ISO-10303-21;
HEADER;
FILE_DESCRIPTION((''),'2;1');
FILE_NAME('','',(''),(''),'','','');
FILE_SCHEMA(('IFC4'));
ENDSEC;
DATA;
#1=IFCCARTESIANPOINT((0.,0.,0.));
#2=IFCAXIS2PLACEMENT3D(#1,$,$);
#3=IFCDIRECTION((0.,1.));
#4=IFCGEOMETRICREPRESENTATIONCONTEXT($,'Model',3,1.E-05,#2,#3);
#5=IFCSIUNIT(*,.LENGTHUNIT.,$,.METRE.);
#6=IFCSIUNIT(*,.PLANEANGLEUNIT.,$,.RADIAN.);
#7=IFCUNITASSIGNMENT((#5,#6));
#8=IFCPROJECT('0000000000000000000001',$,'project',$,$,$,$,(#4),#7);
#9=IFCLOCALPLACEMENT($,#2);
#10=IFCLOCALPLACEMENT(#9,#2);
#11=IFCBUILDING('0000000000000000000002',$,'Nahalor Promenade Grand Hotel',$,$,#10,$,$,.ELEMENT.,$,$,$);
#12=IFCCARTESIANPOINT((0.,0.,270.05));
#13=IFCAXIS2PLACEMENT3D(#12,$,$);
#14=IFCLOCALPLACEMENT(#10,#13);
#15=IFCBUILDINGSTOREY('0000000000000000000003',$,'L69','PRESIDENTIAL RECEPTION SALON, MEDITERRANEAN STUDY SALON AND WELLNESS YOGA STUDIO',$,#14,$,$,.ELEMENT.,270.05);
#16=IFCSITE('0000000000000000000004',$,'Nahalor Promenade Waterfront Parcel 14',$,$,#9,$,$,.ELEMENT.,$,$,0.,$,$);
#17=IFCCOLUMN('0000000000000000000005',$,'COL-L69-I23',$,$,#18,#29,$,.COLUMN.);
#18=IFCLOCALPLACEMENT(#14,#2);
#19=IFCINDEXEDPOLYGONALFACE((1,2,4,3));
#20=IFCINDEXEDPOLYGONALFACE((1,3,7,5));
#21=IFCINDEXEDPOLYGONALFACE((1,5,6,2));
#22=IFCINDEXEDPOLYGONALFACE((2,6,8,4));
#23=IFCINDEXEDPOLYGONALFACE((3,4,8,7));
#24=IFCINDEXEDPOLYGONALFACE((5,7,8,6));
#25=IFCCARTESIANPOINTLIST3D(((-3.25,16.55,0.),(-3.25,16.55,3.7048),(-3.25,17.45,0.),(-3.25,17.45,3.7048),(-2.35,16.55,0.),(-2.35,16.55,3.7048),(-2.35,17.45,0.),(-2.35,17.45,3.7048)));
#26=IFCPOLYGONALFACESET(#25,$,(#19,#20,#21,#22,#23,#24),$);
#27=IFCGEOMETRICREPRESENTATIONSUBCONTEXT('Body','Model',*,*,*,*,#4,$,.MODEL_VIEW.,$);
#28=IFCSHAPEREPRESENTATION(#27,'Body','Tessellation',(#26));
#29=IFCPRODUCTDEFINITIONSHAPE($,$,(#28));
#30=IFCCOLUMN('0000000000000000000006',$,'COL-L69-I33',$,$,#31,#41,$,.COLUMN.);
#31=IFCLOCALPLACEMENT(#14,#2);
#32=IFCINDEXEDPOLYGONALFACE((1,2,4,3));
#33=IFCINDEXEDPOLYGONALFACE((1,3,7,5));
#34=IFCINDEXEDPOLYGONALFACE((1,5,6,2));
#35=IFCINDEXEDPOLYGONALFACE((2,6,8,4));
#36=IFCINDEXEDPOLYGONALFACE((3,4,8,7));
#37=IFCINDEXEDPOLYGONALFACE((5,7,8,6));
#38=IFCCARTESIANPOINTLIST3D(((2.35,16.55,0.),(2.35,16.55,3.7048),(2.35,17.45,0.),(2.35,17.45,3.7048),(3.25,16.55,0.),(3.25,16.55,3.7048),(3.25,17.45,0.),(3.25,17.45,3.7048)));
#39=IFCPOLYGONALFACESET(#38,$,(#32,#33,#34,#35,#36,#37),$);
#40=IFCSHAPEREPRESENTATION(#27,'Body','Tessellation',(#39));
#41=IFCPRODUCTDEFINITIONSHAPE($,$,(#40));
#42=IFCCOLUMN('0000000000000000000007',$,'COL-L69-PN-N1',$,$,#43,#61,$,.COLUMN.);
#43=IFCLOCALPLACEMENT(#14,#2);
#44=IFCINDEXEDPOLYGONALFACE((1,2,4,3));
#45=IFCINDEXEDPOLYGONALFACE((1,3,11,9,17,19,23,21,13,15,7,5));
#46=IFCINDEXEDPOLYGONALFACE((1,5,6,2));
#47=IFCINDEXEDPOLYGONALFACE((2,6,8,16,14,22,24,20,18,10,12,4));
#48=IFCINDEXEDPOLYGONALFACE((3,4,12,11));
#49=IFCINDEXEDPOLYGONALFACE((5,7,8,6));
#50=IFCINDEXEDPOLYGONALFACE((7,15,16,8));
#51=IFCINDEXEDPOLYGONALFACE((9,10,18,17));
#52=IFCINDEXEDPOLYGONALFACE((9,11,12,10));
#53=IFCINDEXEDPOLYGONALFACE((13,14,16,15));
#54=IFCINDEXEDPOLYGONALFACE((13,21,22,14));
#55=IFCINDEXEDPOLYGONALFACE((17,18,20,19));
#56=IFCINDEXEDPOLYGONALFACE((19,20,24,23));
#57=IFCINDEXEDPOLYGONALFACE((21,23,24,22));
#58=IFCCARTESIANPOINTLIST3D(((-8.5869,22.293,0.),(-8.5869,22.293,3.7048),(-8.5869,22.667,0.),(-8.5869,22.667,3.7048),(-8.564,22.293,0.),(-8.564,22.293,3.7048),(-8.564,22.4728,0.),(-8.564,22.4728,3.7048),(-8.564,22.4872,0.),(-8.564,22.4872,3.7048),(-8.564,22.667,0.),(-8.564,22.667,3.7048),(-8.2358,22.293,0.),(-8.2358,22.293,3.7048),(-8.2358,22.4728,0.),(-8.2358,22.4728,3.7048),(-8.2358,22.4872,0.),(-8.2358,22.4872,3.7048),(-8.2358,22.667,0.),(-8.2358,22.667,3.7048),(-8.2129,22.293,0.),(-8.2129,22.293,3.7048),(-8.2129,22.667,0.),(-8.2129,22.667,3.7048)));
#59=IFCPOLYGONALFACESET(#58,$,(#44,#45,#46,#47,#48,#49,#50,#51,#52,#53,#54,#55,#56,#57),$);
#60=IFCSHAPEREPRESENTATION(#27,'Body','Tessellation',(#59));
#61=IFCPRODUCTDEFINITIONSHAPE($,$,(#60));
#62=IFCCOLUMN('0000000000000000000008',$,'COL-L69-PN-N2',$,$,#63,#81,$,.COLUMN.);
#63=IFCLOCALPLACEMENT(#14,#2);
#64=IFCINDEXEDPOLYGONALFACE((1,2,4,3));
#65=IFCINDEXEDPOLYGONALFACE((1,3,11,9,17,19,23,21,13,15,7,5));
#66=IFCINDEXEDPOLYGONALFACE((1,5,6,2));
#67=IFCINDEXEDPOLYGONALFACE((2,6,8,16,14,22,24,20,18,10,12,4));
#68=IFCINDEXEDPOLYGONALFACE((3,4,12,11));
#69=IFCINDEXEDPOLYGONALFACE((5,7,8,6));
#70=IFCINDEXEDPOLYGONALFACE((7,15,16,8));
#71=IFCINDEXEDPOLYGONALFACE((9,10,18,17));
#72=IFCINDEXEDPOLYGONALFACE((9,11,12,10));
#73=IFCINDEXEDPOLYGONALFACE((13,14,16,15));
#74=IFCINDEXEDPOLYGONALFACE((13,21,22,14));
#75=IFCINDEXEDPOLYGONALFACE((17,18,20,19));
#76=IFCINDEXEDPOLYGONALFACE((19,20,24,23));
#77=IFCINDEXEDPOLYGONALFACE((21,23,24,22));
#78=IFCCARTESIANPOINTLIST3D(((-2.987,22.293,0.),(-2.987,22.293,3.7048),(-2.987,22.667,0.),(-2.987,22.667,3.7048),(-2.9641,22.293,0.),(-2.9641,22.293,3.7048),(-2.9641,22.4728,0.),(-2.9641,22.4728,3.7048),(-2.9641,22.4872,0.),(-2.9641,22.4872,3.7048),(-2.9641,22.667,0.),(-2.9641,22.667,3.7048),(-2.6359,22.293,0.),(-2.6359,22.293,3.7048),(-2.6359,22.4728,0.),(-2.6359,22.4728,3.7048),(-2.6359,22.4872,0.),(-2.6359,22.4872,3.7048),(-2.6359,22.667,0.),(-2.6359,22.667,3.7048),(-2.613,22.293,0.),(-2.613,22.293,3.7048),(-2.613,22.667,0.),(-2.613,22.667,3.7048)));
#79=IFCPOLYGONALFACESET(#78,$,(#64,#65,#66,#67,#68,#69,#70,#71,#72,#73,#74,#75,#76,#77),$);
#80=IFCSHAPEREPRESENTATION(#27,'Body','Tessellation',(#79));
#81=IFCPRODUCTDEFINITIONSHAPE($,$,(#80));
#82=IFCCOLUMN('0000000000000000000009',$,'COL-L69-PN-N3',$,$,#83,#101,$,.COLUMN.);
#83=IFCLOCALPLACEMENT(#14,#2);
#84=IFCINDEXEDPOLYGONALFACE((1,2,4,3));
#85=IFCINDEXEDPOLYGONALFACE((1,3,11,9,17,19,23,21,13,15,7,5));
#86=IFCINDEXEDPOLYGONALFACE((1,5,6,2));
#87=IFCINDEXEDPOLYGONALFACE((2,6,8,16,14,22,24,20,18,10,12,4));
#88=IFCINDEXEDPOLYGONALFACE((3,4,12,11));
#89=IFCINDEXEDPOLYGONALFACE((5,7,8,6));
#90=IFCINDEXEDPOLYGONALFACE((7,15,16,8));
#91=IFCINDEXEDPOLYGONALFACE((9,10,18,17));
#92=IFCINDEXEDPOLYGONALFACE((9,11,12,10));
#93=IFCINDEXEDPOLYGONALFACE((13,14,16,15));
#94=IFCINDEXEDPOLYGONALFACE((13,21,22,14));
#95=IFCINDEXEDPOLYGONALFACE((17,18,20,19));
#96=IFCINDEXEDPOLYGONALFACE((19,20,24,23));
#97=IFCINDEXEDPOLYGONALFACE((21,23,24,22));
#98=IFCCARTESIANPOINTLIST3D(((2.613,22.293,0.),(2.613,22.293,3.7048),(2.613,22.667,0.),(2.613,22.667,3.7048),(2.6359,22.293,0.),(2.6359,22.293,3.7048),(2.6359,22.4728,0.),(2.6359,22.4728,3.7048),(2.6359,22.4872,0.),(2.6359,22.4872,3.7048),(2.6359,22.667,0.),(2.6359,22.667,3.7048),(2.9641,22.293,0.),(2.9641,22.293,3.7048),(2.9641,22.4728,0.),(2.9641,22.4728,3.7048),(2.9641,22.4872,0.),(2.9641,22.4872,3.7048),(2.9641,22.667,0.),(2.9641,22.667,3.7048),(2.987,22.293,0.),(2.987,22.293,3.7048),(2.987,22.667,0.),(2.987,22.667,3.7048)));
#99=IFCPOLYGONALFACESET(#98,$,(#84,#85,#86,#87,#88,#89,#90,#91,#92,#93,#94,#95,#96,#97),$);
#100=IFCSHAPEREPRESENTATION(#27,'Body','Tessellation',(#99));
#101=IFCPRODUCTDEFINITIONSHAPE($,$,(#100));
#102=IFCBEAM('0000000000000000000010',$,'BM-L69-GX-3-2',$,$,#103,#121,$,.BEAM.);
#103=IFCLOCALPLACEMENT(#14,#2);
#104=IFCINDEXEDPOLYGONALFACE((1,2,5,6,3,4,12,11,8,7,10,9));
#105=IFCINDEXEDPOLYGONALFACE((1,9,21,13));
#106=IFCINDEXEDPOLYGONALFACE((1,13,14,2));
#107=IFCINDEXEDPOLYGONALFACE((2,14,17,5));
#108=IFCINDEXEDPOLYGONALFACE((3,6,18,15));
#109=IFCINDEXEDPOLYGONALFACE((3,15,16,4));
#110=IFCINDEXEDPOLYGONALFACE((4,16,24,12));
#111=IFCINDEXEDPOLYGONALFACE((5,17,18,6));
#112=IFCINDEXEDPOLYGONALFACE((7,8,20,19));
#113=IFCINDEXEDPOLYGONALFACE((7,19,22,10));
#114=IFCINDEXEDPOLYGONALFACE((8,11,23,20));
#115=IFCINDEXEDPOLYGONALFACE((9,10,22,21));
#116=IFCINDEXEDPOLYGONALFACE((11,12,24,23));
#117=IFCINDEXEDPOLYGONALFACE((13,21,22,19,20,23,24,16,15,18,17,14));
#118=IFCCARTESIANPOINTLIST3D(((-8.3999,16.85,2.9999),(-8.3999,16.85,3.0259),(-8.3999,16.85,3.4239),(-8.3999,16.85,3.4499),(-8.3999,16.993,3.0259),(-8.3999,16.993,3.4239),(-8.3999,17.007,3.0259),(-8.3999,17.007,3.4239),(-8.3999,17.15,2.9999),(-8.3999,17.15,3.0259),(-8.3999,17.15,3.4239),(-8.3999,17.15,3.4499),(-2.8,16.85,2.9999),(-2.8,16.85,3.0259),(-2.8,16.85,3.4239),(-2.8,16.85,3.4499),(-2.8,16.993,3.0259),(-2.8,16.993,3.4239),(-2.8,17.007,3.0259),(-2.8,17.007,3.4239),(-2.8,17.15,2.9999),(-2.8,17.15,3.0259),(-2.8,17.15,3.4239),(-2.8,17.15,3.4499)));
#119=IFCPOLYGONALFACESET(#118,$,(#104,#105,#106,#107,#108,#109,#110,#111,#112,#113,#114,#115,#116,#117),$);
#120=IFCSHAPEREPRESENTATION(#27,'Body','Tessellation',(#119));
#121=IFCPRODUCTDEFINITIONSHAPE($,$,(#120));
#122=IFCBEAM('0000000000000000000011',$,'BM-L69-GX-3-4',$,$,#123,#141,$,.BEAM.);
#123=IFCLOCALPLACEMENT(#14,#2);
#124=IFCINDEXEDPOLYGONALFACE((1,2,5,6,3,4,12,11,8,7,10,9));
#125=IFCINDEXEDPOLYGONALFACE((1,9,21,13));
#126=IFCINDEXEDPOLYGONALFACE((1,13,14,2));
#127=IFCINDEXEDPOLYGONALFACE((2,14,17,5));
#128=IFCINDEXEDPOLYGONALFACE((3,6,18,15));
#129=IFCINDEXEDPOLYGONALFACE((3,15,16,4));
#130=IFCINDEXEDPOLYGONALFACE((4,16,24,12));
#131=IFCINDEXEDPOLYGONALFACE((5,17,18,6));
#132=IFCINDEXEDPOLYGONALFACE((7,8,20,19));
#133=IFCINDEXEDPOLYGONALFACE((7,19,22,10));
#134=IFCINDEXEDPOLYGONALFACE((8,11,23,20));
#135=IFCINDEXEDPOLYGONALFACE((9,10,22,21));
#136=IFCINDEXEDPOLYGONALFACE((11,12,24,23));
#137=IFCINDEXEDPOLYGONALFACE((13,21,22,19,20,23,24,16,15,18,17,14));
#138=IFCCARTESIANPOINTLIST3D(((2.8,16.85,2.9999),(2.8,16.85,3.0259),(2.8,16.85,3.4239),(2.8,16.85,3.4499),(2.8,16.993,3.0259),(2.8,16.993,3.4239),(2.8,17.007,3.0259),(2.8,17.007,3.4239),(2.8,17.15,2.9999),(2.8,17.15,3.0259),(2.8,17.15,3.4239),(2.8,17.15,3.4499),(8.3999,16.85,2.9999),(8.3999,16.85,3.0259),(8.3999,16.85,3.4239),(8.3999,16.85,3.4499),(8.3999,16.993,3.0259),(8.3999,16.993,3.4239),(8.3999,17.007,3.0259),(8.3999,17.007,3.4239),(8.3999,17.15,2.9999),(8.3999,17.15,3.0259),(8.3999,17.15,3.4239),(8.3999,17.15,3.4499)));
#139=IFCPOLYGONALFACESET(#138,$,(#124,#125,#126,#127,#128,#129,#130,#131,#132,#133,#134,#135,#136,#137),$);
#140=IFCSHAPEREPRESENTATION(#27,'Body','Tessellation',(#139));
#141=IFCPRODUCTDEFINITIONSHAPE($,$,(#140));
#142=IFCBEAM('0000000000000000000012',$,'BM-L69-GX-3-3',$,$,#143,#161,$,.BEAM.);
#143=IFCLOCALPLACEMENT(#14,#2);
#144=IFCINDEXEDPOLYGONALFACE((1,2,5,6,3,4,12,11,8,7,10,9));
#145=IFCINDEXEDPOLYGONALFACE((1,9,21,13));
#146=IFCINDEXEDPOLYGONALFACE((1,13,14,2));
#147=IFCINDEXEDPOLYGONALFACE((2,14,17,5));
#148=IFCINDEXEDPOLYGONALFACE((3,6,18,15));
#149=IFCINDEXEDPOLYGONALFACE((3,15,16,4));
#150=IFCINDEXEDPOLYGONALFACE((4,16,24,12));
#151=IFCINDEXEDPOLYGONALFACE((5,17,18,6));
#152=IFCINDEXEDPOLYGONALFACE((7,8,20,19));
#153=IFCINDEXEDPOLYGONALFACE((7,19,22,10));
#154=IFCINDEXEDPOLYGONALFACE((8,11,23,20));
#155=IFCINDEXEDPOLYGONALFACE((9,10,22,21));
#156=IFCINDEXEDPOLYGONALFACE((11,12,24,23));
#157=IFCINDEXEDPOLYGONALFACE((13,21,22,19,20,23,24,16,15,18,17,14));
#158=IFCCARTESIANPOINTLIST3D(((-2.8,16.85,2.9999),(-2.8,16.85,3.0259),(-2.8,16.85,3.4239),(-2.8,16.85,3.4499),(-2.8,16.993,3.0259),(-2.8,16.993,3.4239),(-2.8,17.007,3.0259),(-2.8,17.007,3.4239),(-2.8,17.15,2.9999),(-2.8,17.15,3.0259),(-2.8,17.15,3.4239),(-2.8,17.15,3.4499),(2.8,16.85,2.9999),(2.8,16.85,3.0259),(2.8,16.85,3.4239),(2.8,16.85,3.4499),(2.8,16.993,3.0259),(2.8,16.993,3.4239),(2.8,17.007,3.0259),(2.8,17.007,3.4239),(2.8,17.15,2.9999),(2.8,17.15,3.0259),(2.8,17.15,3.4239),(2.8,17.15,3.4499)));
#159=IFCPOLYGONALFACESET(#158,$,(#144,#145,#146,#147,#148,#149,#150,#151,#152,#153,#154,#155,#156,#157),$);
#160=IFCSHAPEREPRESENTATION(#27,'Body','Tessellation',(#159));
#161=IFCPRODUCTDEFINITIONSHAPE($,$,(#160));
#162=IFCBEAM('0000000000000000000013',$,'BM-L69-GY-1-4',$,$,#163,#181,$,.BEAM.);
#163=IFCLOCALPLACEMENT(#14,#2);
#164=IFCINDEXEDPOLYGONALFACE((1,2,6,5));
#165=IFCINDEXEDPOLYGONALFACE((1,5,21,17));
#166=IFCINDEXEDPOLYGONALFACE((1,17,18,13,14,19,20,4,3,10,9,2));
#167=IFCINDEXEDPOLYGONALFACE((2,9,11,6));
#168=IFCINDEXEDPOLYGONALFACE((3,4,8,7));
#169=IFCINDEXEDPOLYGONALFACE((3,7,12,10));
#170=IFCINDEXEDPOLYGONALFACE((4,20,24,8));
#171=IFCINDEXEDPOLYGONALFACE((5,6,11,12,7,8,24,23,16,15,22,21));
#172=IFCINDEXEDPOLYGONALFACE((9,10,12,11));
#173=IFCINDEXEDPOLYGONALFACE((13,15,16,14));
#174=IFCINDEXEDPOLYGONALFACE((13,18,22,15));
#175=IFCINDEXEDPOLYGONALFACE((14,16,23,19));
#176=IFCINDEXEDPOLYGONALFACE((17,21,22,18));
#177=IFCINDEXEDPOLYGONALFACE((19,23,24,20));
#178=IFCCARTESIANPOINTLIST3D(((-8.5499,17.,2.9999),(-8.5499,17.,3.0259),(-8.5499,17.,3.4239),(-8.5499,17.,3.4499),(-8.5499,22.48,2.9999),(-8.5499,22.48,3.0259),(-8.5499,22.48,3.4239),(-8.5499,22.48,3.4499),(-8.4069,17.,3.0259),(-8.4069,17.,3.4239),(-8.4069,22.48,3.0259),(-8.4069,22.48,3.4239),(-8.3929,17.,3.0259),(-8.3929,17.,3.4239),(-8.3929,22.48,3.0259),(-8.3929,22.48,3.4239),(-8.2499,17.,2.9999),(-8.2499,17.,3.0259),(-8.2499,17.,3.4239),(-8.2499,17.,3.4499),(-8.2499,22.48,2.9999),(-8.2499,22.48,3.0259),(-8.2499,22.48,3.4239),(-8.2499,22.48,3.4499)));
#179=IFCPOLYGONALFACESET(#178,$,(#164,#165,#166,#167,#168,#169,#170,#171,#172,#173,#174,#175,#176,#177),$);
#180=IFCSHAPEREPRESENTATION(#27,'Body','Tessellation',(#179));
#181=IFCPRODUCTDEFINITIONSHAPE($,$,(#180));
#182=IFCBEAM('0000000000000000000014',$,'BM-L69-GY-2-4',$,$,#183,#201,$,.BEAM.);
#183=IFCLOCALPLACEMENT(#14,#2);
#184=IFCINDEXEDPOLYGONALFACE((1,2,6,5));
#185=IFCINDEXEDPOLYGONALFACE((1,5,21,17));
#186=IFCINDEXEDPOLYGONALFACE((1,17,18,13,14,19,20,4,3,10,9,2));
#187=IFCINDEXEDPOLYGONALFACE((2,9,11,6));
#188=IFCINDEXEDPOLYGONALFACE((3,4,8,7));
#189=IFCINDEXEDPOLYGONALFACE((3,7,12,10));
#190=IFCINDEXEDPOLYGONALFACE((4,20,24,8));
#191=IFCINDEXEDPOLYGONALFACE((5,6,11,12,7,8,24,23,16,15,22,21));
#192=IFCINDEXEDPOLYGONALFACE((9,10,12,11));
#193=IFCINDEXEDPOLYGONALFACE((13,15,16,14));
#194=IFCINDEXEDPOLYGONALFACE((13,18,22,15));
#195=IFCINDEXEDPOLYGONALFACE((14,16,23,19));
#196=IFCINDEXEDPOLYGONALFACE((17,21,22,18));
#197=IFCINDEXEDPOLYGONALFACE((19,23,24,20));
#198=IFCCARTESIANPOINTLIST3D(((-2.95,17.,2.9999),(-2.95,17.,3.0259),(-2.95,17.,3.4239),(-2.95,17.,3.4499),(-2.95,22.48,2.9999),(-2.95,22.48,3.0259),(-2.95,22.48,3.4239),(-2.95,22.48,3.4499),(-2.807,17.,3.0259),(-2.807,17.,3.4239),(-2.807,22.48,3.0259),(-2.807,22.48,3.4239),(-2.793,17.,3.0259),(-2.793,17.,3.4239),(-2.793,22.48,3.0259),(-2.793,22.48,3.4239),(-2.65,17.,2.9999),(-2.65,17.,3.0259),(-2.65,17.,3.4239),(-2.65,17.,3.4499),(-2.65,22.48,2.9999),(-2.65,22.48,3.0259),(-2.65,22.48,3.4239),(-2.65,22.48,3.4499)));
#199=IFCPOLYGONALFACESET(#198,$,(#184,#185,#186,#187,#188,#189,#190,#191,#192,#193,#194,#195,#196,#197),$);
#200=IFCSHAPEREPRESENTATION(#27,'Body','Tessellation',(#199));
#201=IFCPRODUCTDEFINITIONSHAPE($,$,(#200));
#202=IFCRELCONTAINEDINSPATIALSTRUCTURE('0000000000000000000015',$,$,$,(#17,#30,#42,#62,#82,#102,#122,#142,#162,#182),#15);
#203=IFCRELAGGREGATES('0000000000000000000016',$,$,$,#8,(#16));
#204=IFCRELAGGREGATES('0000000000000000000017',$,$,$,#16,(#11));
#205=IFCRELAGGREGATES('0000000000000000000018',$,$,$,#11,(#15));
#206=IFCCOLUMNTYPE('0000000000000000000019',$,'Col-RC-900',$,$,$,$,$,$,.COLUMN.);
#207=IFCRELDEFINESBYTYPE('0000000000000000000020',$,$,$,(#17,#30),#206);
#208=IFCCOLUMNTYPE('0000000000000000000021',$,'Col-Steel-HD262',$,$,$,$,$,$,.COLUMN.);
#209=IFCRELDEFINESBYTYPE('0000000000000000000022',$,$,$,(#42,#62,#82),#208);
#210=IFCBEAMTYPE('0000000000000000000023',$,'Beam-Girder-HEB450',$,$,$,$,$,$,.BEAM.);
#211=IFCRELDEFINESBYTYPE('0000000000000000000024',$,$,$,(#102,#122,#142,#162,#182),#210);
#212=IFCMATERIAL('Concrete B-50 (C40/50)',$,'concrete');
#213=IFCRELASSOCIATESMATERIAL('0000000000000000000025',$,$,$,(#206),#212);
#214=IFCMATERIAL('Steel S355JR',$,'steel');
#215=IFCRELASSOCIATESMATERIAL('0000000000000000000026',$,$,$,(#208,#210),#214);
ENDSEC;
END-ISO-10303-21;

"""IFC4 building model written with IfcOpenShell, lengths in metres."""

from ifc_helpers import new_model, si_unit, direction, frame, origin, origin_2d, place, context, subcontext, project, spatial, rectangle, i_section, extrude, source, transform, mapped, material, material_profile, profile_set, type_object, element, save


model = new_model("IFC4")

# Units and contexts
model_context = context("Model", 3, precision=1e-05, world=origin(), true_north=direction((0.0, 1.0)))
body_context = subcontext(model_context, "Body", "Model", "MODEL_VIEW")
ifc_project = project(units=[si_unit("LENGTHUNIT", "METRE"), si_unit("PLANEANGLEUNIT", "RADIAN")], contexts=[model_context])

# Site, building, storey
site_placement = place(None, origin())
site = spatial("IfcSite", under=ifc_project, at=site_placement, Name="Nahalor Promenade Waterfront Parcel 14", CompositionType="ELEMENT", RefElevation=0.0)
building_placement = place(site_placement, origin())
building = spatial("IfcBuilding", under=site, at=building_placement, Name="Nahalor Promenade Grand Hotel", CompositionType="ELEMENT")
storey_placement = place(building_placement, frame((0.0, 0.0, 270.05)))
storey = spatial("IfcBuildingStorey", under=building, at=storey_placement, Name="L69", Description="PRESIDENTIAL RECEPTION SALON, MEDITERRANEAN STUDY SALON AND WELLNESS YOGA STUDIO", CompositionType="ELEMENT", Elevation=270.05)

# Columns
ifc_material_1 = material(Name="Concrete B-50 (C40/50)", Category="concrete")
ifc_material_profile_1 = material_profile(ifc_material_1, rectangle(XDim=0.9, YDim=0.9, at=origin_2d()), Name="RC 900x900")
ifc_profile_set_1 = profile_set([ifc_material_profile_1], Name="Concrete B-50 (C40/50)")
column_type_1 = type_object("IfcColumnType", Name="Col-RC-900", PredefinedType="COLUMN", material=ifc_profile_set_1)
shared_shape_1 = source(origin(), body_context, "Body", "SweptSolid", [
    extrude(rectangle(XDim=0.9, YDim=0.9, at=origin_2d()), origin(), (0.0, 0.0, 1.0), 3.7048),
])
for number, where, z_axis, x_axis, name in (
    (1, (-2.8, 17.0, 0.0), (0.0, 0.0, 1.0), (1.0, 0.0, 0.0), "COL-L69-I23"),
    (2, (2.8, 17.0, 0.0), (0.0, 0.0, 1.0), (1.0, 0.0, 0.0), "COL-L69-I33"),
):
    element("IfcColumn", number, at=place(storey_placement, frame(where, z_axis=z_axis, x_axis=x_axis)), inside=storey, type_object=column_type_1, Name=name, PredefinedType="COLUMN", context=body_context, shape_type="MappedRepresentation", body=[
        mapped(shared_shape_1, transform((0.0, 0.0, 0.0), scale=1.0)),
    ])
ifc_material_2 = material(Name="Steel S355JR", Category="steel")
ifc_material_profile_2 = material_profile(ifc_material_2, i_section(OverallWidth=0.374, OverallDepth=0.374, WebThickness=0.0144, FlangeThickness=0.0229, at=origin_2d()), Name="HD 360x262")
ifc_profile_set_2 = profile_set([ifc_material_profile_2], Name="Steel S355JR")
column_type_2 = type_object("IfcColumnType", Name="Col-Steel-HD262", PredefinedType="COLUMN", material=ifc_profile_set_2)
shared_shape_2 = source(origin(), body_context, "Body", "SweptSolid", [
    extrude(i_section(OverallWidth=0.374, OverallDepth=0.374, WebThickness=0.0144, FlangeThickness=0.0229, at=origin_2d()), origin(), (0.0, 0.0, 1.0), 3.7048),
])
for number, where, z_axis, x_axis, name in (
    (3, (-8.3999, 22.48, 0.0), (0.0, 0.0, 1.0), (0.0, 1.0, 0.0), "COL-L69-PN-N1"),
    (4, (-2.8, 22.48, 0.0), (0.0, 0.0, 1.0), (0.0, 1.0, 0.0), "COL-L69-PN-N2"),
    (5, (2.8, 22.48, 0.0), (0.0, 0.0, 1.0), (0.0, 1.0, 0.0), "COL-L69-PN-N3"),
):
    element("IfcColumn", number, at=place(storey_placement, frame(where, z_axis=z_axis, x_axis=x_axis)), inside=storey, type_object=column_type_2, Name=name, PredefinedType="COLUMN", context=body_context, shape_type="MappedRepresentation", body=[
        mapped(shared_shape_2, transform((0.0, 0.0, 0.0), scale=1.0)),
    ])

# Beams
ifc_material_profile_3 = material_profile(ifc_material_2, i_section(OverallWidth=0.3, OverallDepth=0.45, WebThickness=0.014, FlangeThickness=0.026, at=origin_2d()), Name="HEB 450")
ifc_profile_set_3 = profile_set([ifc_material_profile_3], Name="Steel S355JR")
beam_type_1 = type_object("IfcBeamType", Name="Beam-Girder-HEB450", PredefinedType="BEAM", material=ifc_profile_set_3)
shared_shape_3 = source(origin(), body_context, "Body", "SweptSolid", [
    extrude(i_section(OverallWidth=0.3, OverallDepth=0.45, WebThickness=0.014, FlangeThickness=0.026, at=origin_2d()), origin(), (0.0, 0.0, 1.0), 5.5999),
])
for number, where, z_axis, x_axis, name in (
    (6, (-8.3999, 17.0, 3.2249), (1.0, 0.0, 0.0), (0.0, 1.0, 0.0), "BM-L69-GX-3-2"),
    (7, (2.8, 17.0, 3.2249), (1.0, 0.0, 0.0), (0.0, 1.0, 0.0), "BM-L69-GX-3-4"),
):
    element("IfcBeam", number, at=place(storey_placement, frame(where, z_axis=z_axis, x_axis=x_axis)), inside=storey, type_object=beam_type_1, Name=name, PredefinedType="BEAM", context=body_context, shape_type="MappedRepresentation", body=[
        mapped(shared_shape_3, transform((0.0, 0.0, 0.0), scale=1.0)),
    ])
shared_shape_4 = source(origin(), body_context, "Body", "SweptSolid", [
    extrude(i_section(OverallWidth=0.3, OverallDepth=0.45, WebThickness=0.014, FlangeThickness=0.026, at=origin_2d()), origin(), (0.0, 0.0, 1.0), 5.6001),
])
beam_1_placement = place(storey_placement, frame((-2.8, 17.0, 3.2249), z_axis=(1.0, 0.0, 0.0), x_axis=(0.0, 1.0, 0.0)))
element("IfcBeam", 8, at=beam_1_placement, inside=storey, type_object=beam_type_1, Name="BM-L69-GX-3-3", PredefinedType="BEAM", context=body_context, shape_type="MappedRepresentation", body=[
    mapped(shared_shape_4, transform((0.0, 0.0, 0.0), scale=1.0)),
])
shared_shape_5 = source(origin(), body_context, "Body", "SweptSolid", [
    extrude(i_section(OverallWidth=0.3, OverallDepth=0.45, WebThickness=0.014, FlangeThickness=0.026, at=origin_2d()), origin(), (0.0, 0.0, 1.0), 5.48),
])
for number, where, z_axis, x_axis, name in (
    (9, (-8.3999, 17.0, 3.2249), (0.0, 1.0, 0.0), (-1.0, 0.0, 0.0), "BM-L69-GY-1-4"),
    (10, (-2.8, 17.0, 3.2249), (0.0, 1.0, 0.0), (-1.0, 0.0, 0.0), "BM-L69-GY-2-4"),
):
    element("IfcBeam", number, at=place(storey_placement, frame(where, z_axis=z_axis, x_axis=x_axis)), inside=storey, type_object=beam_type_1, Name=name, PredefinedType="BEAM", context=body_context, shape_type="MappedRepresentation", body=[
        mapped(shared_shape_5, transform((0.0, 0.0, 0.0), scale=1.0)),
    ])

save(model, "model.ifc")
